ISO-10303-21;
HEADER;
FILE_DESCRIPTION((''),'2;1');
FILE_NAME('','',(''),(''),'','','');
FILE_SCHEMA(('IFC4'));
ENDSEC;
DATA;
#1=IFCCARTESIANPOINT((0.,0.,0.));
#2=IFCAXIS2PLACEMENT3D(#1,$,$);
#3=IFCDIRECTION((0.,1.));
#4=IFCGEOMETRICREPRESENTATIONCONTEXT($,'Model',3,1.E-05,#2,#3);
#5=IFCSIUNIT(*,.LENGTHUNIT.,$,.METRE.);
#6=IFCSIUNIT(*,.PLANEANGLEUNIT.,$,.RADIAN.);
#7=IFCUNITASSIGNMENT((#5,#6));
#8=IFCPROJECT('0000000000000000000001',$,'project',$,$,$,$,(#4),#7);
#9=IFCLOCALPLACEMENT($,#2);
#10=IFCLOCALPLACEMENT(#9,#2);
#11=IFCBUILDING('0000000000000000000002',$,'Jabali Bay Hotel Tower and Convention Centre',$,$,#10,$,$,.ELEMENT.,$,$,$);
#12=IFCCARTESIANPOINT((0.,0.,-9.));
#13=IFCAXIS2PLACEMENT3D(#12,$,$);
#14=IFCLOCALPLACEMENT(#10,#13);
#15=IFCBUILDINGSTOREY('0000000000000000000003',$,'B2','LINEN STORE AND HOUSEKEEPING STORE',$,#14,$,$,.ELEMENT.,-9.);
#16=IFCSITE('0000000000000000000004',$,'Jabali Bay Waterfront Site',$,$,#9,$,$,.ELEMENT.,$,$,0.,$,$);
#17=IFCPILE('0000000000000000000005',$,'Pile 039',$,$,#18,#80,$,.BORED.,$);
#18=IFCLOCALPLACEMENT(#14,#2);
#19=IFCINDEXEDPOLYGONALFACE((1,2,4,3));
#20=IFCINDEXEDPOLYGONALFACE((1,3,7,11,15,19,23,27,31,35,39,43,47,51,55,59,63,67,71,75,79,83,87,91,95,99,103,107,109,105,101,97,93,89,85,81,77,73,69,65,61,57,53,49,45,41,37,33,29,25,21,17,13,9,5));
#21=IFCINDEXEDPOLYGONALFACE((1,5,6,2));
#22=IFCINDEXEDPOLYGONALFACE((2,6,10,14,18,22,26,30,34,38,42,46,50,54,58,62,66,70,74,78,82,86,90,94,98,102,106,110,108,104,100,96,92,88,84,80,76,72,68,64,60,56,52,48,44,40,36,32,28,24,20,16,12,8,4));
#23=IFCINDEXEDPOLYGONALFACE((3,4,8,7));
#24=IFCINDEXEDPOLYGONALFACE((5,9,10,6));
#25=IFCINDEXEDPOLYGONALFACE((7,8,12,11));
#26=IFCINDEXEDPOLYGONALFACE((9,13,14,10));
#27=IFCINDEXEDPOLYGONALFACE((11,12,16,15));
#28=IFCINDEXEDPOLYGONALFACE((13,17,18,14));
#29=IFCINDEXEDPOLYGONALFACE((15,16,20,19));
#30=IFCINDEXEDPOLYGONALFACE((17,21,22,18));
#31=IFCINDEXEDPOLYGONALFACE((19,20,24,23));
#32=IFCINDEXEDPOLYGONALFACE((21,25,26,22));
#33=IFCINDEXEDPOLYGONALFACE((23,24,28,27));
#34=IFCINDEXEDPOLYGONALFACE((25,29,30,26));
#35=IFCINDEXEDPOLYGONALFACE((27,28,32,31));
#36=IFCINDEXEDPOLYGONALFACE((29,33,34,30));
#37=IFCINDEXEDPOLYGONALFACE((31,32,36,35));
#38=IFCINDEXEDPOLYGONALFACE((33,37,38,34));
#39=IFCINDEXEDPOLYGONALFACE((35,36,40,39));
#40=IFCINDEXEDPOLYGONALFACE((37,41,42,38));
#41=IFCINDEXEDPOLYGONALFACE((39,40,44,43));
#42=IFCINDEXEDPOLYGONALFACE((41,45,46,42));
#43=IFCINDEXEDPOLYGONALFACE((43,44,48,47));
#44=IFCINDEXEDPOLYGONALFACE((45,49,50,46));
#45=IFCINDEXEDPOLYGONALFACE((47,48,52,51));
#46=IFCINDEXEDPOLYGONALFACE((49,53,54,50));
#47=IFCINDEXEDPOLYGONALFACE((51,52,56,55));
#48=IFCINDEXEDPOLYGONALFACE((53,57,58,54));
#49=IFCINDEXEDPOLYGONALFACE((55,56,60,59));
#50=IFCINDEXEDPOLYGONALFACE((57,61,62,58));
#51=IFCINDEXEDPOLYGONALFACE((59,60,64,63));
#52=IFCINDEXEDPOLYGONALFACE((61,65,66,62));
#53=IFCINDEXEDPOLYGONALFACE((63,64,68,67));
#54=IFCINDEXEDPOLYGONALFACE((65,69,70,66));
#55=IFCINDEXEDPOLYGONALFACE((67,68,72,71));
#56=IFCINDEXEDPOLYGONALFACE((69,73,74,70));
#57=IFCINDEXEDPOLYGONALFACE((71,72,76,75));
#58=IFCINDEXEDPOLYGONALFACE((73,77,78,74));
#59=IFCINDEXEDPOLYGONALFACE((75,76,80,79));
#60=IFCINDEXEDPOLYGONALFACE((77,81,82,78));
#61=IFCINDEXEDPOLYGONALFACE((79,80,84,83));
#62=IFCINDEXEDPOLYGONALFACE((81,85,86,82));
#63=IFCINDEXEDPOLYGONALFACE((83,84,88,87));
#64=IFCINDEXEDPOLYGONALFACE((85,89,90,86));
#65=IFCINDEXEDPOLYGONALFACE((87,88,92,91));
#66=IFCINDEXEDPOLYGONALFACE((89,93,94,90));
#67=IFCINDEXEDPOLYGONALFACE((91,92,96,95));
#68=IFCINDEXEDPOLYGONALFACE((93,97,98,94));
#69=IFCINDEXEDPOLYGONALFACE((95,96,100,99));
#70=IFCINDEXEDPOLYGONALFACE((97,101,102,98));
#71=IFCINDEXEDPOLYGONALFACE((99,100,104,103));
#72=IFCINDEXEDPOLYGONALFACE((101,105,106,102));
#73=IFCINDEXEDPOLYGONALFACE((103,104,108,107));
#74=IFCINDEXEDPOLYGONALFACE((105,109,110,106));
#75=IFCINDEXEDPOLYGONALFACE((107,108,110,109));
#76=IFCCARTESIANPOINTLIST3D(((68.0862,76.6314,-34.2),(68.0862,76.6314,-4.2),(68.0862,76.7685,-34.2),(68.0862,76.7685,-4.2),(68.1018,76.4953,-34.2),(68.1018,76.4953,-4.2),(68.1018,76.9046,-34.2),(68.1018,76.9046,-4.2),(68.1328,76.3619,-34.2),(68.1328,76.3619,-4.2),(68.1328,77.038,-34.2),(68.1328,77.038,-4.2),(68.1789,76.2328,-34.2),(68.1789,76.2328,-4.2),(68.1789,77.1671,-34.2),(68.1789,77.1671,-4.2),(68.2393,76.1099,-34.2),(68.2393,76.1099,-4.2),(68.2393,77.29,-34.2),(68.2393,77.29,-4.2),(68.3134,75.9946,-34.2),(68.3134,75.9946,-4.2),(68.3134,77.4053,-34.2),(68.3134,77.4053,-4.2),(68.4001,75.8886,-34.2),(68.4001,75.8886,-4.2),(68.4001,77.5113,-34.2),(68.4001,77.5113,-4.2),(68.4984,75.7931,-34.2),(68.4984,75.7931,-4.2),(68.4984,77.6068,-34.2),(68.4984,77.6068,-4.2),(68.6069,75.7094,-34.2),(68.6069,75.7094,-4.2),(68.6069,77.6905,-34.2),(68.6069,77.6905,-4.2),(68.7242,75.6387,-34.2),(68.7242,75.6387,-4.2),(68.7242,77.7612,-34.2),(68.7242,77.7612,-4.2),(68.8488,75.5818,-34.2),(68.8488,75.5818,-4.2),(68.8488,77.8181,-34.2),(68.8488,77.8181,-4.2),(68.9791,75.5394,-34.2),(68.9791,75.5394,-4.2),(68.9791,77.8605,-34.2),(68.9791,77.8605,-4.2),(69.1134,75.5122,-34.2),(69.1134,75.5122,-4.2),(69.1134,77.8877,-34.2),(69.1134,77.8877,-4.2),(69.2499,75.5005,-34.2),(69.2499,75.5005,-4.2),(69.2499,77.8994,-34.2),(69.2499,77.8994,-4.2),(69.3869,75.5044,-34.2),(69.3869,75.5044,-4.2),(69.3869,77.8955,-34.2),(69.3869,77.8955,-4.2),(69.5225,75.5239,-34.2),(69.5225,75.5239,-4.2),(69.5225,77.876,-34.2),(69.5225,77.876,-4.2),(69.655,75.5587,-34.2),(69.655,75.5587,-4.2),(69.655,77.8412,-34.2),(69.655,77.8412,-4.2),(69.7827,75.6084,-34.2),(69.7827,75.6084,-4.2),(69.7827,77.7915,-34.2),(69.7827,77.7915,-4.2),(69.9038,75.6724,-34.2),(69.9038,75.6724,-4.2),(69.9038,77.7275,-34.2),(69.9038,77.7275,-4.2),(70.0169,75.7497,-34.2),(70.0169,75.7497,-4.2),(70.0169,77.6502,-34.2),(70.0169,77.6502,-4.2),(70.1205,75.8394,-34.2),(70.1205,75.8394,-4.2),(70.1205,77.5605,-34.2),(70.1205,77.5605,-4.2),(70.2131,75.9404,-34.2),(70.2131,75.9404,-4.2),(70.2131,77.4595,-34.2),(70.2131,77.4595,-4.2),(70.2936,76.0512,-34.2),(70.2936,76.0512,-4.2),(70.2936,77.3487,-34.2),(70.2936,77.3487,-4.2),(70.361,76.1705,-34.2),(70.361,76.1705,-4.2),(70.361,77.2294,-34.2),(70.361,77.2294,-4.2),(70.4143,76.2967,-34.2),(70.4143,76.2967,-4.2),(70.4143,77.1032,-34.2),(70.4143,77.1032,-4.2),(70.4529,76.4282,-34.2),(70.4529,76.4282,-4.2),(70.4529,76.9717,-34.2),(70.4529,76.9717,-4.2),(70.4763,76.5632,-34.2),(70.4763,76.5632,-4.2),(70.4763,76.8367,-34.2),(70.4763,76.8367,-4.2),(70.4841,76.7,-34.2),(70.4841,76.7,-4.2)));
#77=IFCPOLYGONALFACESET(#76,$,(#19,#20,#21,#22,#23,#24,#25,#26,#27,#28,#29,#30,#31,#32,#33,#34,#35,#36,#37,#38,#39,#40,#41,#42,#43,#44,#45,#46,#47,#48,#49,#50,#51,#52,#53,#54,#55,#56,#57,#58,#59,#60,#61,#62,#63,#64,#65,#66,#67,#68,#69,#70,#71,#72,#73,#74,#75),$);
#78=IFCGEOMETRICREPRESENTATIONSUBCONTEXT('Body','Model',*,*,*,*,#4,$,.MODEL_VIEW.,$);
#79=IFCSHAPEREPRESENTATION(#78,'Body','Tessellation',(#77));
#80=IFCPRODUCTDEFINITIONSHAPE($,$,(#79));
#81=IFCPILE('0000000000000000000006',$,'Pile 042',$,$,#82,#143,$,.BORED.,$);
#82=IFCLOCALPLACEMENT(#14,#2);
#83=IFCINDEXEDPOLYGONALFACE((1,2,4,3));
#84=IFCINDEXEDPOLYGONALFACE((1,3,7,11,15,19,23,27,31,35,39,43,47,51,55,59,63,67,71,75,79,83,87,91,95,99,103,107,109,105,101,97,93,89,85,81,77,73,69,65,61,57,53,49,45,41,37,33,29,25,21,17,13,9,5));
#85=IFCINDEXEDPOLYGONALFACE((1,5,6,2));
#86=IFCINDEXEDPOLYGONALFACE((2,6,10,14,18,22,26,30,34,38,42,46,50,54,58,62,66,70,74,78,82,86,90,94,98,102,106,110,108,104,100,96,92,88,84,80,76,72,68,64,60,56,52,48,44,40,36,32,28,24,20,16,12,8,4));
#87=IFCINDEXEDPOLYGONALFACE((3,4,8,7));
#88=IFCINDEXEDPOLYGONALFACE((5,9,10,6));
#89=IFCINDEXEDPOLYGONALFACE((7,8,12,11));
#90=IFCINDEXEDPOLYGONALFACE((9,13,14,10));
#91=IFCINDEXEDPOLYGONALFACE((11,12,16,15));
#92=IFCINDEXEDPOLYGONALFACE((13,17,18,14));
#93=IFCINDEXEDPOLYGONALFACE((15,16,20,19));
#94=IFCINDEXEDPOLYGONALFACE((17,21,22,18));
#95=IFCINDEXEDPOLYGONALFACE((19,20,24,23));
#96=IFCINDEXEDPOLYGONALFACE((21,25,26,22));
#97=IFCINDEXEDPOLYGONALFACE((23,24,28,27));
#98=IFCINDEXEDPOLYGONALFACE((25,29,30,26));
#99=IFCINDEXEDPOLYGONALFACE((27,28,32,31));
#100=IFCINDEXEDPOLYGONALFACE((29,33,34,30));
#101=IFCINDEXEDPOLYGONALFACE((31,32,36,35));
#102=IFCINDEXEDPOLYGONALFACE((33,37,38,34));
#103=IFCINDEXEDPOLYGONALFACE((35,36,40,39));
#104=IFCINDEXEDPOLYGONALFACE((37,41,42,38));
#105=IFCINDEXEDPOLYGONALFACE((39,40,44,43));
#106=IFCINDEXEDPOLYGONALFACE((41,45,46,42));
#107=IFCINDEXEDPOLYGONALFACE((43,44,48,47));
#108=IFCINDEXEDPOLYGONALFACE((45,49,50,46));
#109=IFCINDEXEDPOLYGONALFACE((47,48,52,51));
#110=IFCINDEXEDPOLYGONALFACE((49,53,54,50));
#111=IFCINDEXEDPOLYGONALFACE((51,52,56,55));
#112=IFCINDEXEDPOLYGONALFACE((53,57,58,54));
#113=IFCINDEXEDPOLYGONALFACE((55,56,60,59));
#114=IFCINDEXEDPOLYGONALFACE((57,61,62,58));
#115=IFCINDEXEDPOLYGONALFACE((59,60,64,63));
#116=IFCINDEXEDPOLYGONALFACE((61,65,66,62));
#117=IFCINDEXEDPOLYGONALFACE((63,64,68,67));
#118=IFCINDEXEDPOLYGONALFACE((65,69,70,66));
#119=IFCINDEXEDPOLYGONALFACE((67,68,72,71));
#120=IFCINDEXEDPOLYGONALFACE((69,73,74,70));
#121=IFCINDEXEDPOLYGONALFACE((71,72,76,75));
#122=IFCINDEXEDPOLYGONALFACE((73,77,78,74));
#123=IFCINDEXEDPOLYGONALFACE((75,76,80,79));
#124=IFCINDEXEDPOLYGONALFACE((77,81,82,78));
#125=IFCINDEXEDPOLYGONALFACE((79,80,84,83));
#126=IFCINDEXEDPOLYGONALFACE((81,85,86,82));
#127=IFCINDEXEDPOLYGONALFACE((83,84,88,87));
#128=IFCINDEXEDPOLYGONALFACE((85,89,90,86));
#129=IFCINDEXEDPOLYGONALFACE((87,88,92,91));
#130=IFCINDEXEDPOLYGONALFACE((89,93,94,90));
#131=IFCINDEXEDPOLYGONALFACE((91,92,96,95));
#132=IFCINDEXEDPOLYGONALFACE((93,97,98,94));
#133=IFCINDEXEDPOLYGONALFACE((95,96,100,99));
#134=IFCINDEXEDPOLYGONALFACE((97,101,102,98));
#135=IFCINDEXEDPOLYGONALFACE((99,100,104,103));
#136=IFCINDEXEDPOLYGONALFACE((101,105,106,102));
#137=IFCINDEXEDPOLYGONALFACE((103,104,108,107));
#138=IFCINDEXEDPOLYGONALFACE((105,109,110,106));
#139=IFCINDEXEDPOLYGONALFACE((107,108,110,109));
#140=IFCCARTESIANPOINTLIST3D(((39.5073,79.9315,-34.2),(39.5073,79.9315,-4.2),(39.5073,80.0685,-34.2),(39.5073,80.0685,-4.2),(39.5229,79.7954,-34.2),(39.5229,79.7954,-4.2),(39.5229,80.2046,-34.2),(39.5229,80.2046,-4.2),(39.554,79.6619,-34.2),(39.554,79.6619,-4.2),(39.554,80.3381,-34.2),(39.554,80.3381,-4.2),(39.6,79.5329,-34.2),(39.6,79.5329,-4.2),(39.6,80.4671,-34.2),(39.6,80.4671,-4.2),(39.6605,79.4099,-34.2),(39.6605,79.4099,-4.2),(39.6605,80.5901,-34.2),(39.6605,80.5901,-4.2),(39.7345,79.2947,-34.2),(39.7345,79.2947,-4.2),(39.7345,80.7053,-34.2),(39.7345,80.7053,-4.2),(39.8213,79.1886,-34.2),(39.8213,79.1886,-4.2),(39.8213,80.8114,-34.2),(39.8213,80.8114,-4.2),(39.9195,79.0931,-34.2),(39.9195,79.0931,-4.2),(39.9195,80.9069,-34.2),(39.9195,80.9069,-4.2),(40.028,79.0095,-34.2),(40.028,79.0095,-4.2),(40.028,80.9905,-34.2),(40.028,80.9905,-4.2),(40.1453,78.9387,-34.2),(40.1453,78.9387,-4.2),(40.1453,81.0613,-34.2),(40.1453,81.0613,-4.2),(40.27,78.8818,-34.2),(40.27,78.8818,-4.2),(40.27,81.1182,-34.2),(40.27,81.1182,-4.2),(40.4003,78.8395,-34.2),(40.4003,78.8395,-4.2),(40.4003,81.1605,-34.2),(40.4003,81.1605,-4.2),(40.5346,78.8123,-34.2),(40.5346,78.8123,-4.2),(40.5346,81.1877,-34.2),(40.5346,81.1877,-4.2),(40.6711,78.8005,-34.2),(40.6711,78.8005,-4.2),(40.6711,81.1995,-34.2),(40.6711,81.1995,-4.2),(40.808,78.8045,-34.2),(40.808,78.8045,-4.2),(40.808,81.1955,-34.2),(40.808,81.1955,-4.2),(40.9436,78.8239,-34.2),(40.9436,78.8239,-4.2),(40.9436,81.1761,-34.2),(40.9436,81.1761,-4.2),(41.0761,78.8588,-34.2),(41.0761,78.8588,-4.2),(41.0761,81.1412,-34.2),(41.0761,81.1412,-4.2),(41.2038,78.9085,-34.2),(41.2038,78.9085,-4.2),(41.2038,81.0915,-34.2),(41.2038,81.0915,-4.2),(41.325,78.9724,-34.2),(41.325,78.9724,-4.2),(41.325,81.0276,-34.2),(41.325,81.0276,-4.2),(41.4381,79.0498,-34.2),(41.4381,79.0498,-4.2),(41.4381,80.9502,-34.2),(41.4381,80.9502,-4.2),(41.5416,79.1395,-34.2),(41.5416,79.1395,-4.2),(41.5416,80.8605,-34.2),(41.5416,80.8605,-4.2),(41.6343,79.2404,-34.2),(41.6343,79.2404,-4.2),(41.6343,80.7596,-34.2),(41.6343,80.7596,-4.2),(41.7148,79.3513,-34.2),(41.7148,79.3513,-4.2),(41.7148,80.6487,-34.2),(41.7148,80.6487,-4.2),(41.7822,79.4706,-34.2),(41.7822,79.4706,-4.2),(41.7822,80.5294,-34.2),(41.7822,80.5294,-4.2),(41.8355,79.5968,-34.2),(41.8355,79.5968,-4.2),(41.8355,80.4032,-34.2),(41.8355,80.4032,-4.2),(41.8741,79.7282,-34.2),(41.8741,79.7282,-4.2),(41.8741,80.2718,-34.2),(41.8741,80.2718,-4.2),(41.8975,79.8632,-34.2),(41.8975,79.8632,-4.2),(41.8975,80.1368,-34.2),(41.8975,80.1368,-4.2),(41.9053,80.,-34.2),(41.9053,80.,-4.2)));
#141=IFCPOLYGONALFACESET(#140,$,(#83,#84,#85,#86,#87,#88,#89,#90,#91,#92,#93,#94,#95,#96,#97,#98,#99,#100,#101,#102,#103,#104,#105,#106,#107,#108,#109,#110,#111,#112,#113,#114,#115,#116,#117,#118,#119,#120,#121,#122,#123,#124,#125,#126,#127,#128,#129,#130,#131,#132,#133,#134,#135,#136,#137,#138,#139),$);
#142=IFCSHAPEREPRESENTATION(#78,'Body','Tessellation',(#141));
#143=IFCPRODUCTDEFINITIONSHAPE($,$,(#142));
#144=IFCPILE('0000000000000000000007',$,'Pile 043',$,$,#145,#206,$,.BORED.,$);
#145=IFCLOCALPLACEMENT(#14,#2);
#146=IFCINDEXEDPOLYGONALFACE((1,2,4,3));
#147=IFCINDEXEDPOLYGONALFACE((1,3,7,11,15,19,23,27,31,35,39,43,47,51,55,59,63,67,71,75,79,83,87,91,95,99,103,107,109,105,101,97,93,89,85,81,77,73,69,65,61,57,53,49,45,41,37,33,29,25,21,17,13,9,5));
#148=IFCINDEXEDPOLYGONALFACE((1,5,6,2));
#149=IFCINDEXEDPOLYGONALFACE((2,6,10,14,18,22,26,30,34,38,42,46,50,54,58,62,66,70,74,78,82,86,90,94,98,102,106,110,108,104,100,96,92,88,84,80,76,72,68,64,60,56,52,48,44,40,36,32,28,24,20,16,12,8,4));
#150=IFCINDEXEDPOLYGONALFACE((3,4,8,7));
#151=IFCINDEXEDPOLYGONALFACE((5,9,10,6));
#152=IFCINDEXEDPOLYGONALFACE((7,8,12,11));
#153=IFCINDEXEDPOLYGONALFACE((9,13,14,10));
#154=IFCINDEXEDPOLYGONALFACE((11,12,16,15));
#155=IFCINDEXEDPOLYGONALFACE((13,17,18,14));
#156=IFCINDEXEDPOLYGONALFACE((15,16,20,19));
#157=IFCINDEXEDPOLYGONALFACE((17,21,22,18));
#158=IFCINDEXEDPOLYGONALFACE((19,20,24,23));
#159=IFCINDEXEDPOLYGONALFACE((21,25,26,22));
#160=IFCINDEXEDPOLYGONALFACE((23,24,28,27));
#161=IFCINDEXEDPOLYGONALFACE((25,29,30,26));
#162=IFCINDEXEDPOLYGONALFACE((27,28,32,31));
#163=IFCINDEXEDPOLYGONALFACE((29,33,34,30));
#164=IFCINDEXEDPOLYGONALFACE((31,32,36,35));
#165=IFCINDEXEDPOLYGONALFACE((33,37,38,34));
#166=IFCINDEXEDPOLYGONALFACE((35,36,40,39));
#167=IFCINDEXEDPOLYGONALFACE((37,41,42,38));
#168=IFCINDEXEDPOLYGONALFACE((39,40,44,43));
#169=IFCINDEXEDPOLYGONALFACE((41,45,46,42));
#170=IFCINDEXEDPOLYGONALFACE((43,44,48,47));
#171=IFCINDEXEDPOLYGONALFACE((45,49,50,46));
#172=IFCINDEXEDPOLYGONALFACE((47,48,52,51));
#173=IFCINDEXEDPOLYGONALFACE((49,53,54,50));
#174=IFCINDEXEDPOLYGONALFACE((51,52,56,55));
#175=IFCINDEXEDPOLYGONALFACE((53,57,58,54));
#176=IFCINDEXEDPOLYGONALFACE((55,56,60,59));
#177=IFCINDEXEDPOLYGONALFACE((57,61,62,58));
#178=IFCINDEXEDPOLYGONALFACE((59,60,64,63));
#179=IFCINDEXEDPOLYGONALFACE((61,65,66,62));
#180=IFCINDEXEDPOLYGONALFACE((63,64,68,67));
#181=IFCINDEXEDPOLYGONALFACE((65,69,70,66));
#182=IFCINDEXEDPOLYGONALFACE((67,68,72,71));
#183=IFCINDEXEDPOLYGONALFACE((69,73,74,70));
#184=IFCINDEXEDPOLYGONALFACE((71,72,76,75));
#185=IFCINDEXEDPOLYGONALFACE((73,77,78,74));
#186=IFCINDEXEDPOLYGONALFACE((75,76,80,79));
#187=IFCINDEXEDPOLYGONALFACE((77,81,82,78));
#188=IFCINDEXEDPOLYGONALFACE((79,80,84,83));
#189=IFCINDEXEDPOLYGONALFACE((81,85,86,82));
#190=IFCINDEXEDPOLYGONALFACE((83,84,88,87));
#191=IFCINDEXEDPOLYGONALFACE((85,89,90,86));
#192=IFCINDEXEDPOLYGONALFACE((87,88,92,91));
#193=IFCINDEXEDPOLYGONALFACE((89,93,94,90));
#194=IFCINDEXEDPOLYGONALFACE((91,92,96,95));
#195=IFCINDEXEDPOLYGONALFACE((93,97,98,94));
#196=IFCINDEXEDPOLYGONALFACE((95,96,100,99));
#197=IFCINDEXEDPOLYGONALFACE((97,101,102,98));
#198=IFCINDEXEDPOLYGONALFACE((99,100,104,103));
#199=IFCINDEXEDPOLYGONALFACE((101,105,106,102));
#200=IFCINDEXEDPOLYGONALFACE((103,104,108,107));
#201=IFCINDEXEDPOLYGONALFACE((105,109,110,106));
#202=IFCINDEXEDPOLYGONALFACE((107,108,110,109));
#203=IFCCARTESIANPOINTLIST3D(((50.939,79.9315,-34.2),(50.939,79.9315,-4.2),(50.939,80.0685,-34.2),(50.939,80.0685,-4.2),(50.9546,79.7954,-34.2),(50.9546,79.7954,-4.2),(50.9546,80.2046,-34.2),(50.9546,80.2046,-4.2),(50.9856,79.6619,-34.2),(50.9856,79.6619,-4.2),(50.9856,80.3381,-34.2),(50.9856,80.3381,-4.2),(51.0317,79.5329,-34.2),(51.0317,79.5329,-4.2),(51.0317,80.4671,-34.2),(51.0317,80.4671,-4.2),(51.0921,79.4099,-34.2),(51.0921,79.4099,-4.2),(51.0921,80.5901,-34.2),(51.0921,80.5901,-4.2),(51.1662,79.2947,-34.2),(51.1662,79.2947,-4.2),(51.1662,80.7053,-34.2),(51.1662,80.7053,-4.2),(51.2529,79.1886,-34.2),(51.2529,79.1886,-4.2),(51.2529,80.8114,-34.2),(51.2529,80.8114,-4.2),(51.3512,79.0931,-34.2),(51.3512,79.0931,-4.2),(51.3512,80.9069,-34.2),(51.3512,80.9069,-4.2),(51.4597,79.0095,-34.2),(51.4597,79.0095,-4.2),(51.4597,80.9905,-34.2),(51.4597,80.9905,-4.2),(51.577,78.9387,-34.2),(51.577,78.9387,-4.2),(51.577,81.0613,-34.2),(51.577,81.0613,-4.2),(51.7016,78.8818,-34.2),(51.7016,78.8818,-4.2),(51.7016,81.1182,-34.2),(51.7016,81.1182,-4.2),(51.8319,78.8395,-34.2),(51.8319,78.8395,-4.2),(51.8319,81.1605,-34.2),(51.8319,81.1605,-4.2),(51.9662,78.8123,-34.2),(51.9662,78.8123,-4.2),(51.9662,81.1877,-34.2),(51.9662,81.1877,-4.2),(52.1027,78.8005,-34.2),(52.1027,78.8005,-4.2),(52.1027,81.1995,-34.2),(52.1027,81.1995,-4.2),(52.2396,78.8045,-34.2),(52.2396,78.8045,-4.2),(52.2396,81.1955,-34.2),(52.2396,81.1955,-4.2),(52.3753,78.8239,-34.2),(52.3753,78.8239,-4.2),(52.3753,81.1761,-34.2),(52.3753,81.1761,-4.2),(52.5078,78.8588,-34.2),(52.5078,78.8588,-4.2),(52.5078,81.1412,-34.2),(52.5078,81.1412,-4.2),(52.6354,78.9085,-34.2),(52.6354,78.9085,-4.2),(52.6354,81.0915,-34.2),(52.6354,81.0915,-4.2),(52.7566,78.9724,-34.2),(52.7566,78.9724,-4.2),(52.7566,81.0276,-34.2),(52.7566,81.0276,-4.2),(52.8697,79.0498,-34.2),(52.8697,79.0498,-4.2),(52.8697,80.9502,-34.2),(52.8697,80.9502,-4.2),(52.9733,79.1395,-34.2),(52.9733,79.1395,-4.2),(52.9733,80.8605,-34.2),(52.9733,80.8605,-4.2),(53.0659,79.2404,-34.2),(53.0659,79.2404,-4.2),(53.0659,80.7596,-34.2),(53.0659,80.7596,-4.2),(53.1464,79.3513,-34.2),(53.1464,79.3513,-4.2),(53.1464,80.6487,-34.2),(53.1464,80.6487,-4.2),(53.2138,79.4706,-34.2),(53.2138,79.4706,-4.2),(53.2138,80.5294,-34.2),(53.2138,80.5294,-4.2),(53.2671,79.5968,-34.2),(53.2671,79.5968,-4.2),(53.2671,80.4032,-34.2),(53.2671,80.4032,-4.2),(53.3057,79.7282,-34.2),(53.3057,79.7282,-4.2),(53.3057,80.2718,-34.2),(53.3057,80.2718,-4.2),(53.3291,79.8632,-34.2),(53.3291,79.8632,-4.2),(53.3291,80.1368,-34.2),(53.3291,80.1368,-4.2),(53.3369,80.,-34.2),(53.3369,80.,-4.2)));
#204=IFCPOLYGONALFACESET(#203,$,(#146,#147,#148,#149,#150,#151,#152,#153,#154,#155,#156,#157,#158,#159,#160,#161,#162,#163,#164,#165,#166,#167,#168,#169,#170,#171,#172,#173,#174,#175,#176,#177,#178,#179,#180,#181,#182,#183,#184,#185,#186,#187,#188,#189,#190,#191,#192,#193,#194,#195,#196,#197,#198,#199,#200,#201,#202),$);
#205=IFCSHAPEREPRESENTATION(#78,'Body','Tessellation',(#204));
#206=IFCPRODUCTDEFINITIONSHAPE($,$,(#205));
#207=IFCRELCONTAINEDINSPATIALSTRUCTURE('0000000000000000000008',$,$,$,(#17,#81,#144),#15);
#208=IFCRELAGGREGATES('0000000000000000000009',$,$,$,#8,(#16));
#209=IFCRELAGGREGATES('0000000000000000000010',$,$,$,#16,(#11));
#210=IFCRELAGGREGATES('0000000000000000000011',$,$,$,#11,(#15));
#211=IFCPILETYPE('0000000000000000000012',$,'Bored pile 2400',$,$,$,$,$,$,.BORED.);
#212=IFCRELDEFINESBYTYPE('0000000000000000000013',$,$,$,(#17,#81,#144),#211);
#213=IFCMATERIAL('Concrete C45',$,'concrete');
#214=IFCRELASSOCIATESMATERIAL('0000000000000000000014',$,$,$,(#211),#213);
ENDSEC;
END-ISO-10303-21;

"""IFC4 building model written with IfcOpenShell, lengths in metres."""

from ifc_helpers import new_model, si_unit, direction, frame, origin, origin_2d, place, context, subcontext, project, spatial, circle, extrude, material, material_profile, profile_set, type_object, element, save


model = new_model("IFC4")

# Units and contexts
model_context = context("Model", 3, precision=1e-05, world=origin(), true_north=direction((0.0, 1.0)))
body_context = subcontext(model_context, "Body", "Model", "MODEL_VIEW")
ifc_project = project(units=[si_unit("LENGTHUNIT", "METRE"), si_unit("PLANEANGLEUNIT", "RADIAN")], contexts=[model_context])

# Site, building, storey
site_placement = place(None, origin())
site = spatial("IfcSite", under=ifc_project, at=site_placement, Name="Jabali Bay Waterfront Site", CompositionType="ELEMENT", RefElevation=0.0)
building_placement = place(site_placement, origin())
building = spatial("IfcBuilding", under=site, at=building_placement, Name="Jabali Bay Hotel Tower and Convention Centre", CompositionType="ELEMENT")
storey_placement = place(building_placement, frame((0.0, 0.0, -9.0)))
storey = spatial("IfcBuildingStorey", under=building, at=storey_placement, Name="B2", Description="LINEN STORE AND HOUSEKEEPING STORE", CompositionType="ELEMENT", Elevation=-9.0)

# Piles
ifc_material_1 = material(Name="Concrete C45", Category="concrete")
ifc_material_profile_1 = material_profile(ifc_material_1, circle(Radius=1.2, at=origin_2d()), Name="Bored pile 2400")
ifc_profile_set_1 = profile_set([ifc_material_profile_1], Name="Concrete C45")
pile_type = type_object("IfcPileType", Name="Bored pile 2400", PredefinedType="BORED", material=ifc_profile_set_1)
for number, where, z_axis, x_axis, name in (
    (1, (69.2842, 76.7, -4.2), (0.0, 0.0, -1.0), (1.0, 0.0, 0.0), "Pile 039"),
    (2, (40.7053, 80.0, -4.2), (0.0, 0.0, -1.0), (1.0, 0.0, 0.0), "Pile 042"),
    (3, (52.137, 80.0, -4.2), (0.0, 0.0, -1.0), (1.0, 0.0, 0.0), "Pile 043"),
):
    element("IfcPile", number, at=place(storey_placement, frame(where, z_axis=z_axis, x_axis=x_axis)), inside=storey, type_object=pile_type, Name=name, PredefinedType="BORED", context=body_context, shape_type="SweptSolid", body=[
        extrude(circle(Radius=1.2, at=origin_2d()), origin(), (0.0, 0.0, 1.0), 30.0),
    ])

save(model, "model.ifc")
